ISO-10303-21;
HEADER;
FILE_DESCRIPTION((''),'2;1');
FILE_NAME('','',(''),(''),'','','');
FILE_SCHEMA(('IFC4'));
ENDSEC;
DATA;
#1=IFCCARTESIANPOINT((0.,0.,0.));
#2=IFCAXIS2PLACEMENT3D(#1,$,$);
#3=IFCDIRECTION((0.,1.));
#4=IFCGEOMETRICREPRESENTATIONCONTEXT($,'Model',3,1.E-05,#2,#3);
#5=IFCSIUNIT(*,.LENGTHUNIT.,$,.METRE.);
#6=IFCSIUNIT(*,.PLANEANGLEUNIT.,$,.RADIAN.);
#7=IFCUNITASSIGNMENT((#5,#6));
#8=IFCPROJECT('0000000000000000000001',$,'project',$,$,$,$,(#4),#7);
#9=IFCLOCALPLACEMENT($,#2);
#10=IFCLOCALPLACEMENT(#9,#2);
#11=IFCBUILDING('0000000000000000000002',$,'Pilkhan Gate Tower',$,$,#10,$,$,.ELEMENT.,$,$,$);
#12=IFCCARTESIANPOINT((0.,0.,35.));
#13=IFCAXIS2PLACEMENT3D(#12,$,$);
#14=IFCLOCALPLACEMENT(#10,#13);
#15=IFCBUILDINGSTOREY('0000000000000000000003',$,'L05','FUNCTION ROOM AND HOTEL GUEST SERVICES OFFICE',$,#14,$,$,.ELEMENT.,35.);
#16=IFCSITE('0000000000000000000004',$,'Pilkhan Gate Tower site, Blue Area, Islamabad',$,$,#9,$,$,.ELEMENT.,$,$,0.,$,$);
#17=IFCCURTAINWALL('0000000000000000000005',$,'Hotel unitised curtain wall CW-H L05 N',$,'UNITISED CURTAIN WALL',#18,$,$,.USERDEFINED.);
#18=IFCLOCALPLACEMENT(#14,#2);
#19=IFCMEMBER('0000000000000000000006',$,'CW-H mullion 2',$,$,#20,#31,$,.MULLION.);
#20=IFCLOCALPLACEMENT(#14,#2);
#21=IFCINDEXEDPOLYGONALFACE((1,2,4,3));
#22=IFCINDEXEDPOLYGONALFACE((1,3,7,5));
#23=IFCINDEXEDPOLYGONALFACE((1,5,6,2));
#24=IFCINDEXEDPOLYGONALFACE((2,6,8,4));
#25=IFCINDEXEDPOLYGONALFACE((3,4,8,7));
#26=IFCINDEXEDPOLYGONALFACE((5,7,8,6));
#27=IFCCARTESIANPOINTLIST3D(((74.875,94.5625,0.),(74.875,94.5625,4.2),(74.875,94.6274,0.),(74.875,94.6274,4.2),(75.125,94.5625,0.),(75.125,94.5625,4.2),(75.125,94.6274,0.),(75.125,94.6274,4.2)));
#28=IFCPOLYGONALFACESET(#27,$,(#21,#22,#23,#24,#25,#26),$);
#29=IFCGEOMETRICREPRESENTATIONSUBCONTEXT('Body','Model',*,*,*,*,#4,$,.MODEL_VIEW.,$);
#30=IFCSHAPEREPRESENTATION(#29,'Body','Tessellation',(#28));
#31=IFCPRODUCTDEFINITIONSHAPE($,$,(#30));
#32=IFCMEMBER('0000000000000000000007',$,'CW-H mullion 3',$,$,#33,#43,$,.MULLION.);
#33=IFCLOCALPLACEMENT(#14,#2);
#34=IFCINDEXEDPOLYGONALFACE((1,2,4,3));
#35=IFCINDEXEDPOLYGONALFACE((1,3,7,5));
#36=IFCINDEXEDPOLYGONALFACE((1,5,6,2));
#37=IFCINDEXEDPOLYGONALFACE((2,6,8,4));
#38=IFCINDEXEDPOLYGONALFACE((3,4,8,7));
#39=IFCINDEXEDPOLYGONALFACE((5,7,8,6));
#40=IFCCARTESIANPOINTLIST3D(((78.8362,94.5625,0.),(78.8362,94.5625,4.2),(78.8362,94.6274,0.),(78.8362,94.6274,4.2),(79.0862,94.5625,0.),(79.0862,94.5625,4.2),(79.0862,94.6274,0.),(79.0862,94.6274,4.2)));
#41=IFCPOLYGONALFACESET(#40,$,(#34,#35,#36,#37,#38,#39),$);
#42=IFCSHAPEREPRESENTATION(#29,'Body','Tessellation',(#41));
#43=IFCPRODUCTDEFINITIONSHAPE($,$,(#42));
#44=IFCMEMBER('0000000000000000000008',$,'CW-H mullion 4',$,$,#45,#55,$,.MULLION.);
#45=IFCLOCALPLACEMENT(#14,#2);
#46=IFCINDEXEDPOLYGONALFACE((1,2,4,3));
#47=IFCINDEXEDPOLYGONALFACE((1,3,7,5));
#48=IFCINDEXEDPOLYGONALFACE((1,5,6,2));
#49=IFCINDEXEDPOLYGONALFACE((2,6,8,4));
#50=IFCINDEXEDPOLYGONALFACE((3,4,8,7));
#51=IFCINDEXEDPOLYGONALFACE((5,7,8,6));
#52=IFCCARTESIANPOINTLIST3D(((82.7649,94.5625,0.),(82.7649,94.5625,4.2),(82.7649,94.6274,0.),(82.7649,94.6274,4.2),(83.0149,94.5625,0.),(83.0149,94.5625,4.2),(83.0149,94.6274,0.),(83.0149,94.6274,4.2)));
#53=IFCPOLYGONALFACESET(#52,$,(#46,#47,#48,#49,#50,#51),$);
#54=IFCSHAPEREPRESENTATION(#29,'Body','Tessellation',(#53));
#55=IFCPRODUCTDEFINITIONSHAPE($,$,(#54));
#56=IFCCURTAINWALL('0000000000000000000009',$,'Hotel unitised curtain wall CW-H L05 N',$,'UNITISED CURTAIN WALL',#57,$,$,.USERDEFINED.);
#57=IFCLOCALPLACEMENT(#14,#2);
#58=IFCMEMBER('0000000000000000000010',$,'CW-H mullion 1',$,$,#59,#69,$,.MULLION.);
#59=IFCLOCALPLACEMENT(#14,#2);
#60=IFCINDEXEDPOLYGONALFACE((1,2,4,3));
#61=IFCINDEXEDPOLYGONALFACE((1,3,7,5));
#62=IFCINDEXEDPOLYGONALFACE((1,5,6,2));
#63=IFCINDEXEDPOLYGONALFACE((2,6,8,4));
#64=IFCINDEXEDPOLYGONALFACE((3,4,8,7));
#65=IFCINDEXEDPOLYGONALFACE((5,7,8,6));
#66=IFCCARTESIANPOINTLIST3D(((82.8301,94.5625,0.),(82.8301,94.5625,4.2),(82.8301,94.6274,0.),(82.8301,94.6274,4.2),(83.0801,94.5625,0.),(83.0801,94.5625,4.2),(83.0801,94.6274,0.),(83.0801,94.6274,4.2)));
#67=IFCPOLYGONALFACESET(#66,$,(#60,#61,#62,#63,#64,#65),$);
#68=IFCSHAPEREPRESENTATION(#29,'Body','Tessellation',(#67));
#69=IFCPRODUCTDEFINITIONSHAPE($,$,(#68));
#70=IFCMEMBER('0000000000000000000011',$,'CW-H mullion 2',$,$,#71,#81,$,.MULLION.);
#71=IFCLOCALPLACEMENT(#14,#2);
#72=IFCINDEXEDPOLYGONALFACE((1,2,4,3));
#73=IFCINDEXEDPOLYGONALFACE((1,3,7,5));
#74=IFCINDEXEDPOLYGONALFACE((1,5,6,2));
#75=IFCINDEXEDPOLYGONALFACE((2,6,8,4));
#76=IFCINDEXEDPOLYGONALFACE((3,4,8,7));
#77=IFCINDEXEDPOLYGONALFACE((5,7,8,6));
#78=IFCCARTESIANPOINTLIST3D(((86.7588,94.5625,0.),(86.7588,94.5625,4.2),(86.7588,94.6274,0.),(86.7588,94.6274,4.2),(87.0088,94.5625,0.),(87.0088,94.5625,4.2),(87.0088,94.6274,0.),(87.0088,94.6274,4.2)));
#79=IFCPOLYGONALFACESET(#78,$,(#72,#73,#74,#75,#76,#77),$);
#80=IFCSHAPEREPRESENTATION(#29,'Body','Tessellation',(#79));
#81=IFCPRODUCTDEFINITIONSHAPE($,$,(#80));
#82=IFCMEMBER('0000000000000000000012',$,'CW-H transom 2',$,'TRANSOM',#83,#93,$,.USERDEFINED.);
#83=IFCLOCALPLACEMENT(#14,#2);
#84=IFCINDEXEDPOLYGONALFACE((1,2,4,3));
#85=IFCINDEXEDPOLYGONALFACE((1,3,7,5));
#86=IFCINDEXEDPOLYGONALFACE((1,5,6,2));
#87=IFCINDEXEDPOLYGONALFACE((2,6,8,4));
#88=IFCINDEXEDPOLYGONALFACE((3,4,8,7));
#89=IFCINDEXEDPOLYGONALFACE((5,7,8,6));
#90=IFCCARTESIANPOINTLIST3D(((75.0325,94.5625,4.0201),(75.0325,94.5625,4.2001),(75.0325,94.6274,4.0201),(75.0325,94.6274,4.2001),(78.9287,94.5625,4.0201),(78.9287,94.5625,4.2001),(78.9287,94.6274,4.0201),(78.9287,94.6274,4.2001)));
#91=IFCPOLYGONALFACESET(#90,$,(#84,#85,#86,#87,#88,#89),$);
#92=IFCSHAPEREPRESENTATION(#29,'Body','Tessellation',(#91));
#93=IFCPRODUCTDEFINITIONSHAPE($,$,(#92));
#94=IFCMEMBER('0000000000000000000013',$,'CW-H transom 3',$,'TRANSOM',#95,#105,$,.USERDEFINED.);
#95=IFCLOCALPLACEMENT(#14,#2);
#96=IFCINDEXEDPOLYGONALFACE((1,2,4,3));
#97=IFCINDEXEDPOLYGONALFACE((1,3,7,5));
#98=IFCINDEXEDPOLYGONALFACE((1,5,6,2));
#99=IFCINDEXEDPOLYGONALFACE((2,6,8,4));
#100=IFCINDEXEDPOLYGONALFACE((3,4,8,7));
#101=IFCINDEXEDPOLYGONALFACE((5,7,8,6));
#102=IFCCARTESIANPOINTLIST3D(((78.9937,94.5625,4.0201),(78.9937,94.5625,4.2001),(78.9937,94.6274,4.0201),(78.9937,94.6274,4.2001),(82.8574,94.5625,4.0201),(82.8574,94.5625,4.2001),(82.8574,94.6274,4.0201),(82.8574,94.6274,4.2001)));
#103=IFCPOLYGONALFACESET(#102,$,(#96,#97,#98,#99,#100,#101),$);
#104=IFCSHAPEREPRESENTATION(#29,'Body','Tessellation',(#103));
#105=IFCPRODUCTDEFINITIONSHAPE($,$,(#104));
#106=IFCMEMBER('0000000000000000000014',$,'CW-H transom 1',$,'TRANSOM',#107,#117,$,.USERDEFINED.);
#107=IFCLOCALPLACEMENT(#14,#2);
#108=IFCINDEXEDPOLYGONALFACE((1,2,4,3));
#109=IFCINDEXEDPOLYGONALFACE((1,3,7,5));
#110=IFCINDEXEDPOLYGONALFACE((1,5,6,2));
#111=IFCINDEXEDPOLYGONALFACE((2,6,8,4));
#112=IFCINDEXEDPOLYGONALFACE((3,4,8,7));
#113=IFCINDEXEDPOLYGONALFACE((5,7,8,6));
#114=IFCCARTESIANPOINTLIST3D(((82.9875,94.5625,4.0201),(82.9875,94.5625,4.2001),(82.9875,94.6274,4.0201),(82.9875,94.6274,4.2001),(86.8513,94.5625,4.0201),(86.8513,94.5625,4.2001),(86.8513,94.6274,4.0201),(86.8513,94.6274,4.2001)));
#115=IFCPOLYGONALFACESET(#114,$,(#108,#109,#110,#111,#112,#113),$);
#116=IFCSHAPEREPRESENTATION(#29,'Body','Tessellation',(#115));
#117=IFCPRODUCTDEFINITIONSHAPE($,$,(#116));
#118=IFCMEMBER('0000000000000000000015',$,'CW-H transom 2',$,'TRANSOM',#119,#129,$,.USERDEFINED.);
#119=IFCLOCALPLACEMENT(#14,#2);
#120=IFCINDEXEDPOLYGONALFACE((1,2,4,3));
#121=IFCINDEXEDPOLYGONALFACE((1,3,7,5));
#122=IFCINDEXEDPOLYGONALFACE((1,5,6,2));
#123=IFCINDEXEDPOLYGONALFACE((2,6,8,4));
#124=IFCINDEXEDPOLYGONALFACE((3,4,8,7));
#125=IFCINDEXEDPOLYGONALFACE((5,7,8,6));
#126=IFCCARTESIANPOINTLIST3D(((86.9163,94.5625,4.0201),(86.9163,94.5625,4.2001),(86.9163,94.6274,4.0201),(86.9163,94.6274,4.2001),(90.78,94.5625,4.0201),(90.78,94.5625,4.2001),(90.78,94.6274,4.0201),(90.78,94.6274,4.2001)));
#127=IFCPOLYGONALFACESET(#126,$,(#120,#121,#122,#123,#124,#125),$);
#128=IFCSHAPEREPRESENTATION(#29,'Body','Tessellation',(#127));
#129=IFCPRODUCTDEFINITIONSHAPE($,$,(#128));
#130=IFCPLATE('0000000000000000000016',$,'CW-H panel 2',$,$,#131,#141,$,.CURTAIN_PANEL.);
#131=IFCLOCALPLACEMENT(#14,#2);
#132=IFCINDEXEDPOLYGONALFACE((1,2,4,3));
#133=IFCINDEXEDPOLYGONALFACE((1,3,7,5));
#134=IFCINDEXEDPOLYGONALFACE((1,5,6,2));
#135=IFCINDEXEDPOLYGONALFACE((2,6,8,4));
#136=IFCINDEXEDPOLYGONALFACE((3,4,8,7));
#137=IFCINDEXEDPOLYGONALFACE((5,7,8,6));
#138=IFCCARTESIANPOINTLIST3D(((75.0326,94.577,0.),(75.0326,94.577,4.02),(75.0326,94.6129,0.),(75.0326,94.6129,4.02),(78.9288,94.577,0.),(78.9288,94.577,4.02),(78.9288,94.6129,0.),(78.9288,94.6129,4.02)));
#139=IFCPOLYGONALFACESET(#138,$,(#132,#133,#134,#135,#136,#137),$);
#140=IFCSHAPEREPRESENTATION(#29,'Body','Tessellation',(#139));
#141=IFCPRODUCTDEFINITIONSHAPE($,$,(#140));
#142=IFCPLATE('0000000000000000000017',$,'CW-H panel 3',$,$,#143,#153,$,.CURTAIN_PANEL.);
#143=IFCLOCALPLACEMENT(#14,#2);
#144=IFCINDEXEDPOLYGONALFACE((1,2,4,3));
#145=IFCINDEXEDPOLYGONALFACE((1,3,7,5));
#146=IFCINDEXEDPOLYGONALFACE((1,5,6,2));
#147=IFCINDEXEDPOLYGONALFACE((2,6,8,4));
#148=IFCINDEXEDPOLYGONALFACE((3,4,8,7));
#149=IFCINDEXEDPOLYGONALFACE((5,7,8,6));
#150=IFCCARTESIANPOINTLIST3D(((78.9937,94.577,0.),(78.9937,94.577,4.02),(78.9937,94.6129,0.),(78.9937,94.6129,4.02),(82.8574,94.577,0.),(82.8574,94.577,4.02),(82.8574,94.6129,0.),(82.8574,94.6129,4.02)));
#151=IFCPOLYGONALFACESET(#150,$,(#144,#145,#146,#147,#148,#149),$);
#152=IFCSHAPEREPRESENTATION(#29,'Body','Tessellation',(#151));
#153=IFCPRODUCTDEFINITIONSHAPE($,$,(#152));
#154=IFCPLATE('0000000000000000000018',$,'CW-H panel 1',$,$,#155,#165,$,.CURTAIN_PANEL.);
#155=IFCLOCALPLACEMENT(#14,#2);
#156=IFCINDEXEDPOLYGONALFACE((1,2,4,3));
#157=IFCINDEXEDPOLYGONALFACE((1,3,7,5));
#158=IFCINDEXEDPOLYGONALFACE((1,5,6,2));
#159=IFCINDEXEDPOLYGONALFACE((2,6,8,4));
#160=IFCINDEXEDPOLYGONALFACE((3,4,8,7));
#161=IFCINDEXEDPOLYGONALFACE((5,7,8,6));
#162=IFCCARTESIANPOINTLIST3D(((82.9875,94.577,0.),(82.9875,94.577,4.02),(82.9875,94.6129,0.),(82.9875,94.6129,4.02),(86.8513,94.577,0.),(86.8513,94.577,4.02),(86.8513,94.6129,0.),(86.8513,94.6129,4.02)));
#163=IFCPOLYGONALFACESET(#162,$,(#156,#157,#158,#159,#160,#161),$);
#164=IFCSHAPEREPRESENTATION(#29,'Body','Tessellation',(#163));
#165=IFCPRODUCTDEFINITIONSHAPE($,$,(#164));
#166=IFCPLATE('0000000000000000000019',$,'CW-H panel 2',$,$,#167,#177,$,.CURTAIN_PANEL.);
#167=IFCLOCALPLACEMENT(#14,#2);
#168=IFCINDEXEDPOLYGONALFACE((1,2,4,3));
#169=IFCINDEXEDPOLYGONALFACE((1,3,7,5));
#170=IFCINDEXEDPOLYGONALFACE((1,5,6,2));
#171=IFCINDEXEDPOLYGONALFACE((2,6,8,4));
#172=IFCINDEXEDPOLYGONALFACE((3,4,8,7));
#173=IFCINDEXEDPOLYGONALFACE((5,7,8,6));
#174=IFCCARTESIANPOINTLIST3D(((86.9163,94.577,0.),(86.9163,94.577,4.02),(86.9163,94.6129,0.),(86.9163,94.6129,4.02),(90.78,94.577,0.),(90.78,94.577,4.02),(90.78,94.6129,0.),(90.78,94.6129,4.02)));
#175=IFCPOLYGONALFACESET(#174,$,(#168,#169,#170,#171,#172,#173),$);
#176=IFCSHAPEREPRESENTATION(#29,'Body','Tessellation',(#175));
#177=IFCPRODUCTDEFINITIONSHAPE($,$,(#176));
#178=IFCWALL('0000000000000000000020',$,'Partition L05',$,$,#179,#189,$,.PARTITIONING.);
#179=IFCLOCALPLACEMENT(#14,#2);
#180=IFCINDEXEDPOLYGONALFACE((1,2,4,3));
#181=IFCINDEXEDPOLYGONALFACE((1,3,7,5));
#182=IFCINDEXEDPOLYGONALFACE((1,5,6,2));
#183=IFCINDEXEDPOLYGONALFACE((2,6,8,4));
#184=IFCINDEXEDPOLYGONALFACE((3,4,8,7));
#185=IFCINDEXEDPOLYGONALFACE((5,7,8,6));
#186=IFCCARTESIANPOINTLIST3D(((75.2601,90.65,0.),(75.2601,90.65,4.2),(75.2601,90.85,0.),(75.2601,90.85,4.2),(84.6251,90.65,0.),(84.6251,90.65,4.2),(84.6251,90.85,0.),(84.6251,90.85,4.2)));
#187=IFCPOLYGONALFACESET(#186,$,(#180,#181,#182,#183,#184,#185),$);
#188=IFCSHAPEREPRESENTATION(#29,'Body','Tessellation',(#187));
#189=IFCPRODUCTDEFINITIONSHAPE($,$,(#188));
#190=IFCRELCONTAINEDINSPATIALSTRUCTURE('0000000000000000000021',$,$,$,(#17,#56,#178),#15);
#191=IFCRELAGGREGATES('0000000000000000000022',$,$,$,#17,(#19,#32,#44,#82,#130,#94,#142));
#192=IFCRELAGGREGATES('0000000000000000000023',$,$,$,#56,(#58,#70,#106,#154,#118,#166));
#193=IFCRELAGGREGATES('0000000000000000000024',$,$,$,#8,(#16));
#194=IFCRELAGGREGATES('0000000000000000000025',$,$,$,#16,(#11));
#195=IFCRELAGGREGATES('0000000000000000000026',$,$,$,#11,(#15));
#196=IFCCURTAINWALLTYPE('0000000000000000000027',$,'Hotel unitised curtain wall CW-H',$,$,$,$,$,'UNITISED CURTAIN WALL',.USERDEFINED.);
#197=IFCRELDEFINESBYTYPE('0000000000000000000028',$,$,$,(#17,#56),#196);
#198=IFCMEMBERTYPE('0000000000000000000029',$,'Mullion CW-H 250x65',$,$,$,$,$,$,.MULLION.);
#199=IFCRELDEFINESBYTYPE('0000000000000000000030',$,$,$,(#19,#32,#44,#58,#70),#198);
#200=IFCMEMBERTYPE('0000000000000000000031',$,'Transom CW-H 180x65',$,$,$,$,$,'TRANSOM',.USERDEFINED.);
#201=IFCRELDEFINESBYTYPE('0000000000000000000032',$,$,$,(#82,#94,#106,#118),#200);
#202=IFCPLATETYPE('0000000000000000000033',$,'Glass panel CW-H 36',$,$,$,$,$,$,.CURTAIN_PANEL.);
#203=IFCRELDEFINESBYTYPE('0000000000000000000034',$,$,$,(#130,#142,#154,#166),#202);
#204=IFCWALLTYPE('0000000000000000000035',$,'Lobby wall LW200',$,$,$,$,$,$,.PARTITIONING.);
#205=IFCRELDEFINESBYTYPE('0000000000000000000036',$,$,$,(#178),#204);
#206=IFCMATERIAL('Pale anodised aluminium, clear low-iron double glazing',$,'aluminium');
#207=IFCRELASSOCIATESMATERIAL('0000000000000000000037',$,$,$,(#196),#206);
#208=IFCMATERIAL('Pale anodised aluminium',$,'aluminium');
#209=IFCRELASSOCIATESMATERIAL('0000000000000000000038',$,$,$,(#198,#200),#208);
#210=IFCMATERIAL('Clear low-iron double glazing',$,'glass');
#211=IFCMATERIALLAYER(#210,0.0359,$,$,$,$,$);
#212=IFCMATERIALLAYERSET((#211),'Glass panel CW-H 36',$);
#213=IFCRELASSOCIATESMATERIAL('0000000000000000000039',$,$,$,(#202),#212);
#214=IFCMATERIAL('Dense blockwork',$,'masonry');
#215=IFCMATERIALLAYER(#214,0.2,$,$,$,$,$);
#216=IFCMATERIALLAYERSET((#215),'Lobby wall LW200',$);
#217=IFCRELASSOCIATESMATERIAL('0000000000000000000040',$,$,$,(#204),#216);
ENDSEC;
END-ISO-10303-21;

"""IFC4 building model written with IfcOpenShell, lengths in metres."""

from ifc_helpers import new_model, si_unit, direction, frame, frame_2d, origin, origin_2d, place, context, subcontext, project, spatial, rectangle, extrude, material, layer, layer_set, material_profile, profile_set, type_object, element, aggregate, save


model = new_model("IFC4")

# Units and contexts
model_context = context("Model", 3, precision=1e-05, world=origin(), true_north=direction((0.0, 1.0)))
body_context = subcontext(model_context, "Body", "Model", "MODEL_VIEW")
ifc_project = project(units=[si_unit("LENGTHUNIT", "METRE"), si_unit("PLANEANGLEUNIT", "RADIAN")], contexts=[model_context])

# Site, building, storey
site_placement = place(None, origin())
site = spatial("IfcSite", under=ifc_project, at=site_placement, Name="Pilkhan Gate Tower site, Blue Area, Islamabad", CompositionType="ELEMENT", RefElevation=0.0)
building_placement = place(site_placement, origin())
building = spatial("IfcBuilding", under=site, at=building_placement, Name="Pilkhan Gate Tower", CompositionType="ELEMENT")
storey_placement = place(building_placement, frame((0.0, 0.0, 35.0)))
storey = spatial("IfcBuildingStorey", under=building, at=storey_placement, Name="L05", Description="FUNCTION ROOM AND HOTEL GUEST SERVICES OFFICE", CompositionType="ELEMENT", Elevation=35.0)

# Curtain walls, members
ifc_material_1 = material(Name="Pale anodised aluminium, clear low-iron double glazing", Category="aluminium")
curtain_wall_type = type_object("IfcCurtainWallType", Name="Hotel unitised curtain wall CW-H", ElementType="UNITISED CURTAIN WALL", PredefinedType="USERDEFINED", material=ifc_material_1)
curtain_wall_1_placement = place(storey_placement, origin())
curtain_wall_1 = element("IfcCurtainWall", 1, at=curtain_wall_1_placement, inside=storey, type_object=curtain_wall_type, Name="Hotel unitised curtain wall CW-H L05 N", ObjectType="UNITISED CURTAIN WALL", PredefinedType="USERDEFINED")
ifc_material_2 = material(Name="Pale anodised aluminium", Category="aluminium")
ifc_material_profile_1 = material_profile(ifc_material_2, rectangle(XDim=0.0649, YDim=0.25, at=origin_2d()), Name="Mullion 250x65")
ifc_profile_set_1 = profile_set([ifc_material_profile_1], Name="Pale anodised aluminium")
member_type_1 = type_object("IfcMemberType", Name="Mullion CW-H 250x65", PredefinedType="MULLION", material=ifc_profile_set_1)
member_1_placement = place(storey_placement, frame((75.0, 94.595, 0.0), z_axis=(0.0, 0.0, 1.0), x_axis=(0.0, 1.0, 0.0)))
member_1 = element("IfcMember", 2, at=member_1_placement, type_object=member_type_1, Name="CW-H mullion 2", PredefinedType="MULLION", context=body_context, shape_type="SweptSolid", body=[
    extrude(rectangle(XDim=0.0649, YDim=0.25, at=origin_2d()), origin(), (0.0, 0.0, 1.0), 4.2),
])
member_2_placement = place(storey_placement, frame((78.9612, 94.595, 0.0), z_axis=(0.0, 0.0, 1.0), x_axis=(0.0, 1.0, 0.0)))
member_2 = element("IfcMember", 3, at=member_2_placement, type_object=member_type_1, Name="CW-H mullion 3", PredefinedType="MULLION", context=body_context, shape_type="SweptSolid", body=[
    extrude(rectangle(XDim=0.0649, YDim=0.25, at=origin_2d()), origin(), (0.0, 0.0, 1.0), 4.2),
])
member_3_placement = place(storey_placement, frame((82.8899, 94.595, 0.0), z_axis=(0.0, 0.0, 1.0), x_axis=(0.0, 1.0, 0.0)))
member_3 = element("IfcMember", 4, at=member_3_placement, type_object=member_type_1, Name="CW-H mullion 4", PredefinedType="MULLION", context=body_context, shape_type="SweptSolid", body=[
    extrude(rectangle(XDim=0.0649, YDim=0.25, at=origin_2d()), origin(), (0.0, 0.0, 1.0), 4.2),
])
curtain_wall_2_placement = place(storey_placement, origin())
curtain_wall_2 = element("IfcCurtainWall", 5, at=curtain_wall_2_placement, inside=storey, type_object=curtain_wall_type, Name="Hotel unitised curtain wall CW-H L05 N", ObjectType="UNITISED CURTAIN WALL", PredefinedType="USERDEFINED")
member_4_placement = place(storey_placement, frame((82.9551, 94.595, 0.0), z_axis=(0.0, 0.0, 1.0), x_axis=(0.0, 1.0, 0.0)))
member_4 = element("IfcMember", 6, at=member_4_placement, type_object=member_type_1, Name="CW-H mullion 1", PredefinedType="MULLION", context=body_context, shape_type="SweptSolid", body=[
    extrude(rectangle(XDim=0.0649, YDim=0.25, at=origin_2d()), origin(), (0.0, 0.0, 1.0), 4.2),
])
member_5_placement = place(storey_placement, frame((86.8838, 94.595, 0.0), z_axis=(0.0, 0.0, 1.0), x_axis=(0.0, 1.0, 0.0)))
member_5 = element("IfcMember", 7, at=member_5_placement, type_object=member_type_1, Name="CW-H mullion 2", PredefinedType="MULLION", context=body_context, shape_type="SweptSolid", body=[
    extrude(rectangle(XDim=0.0649, YDim=0.25, at=origin_2d()), origin(), (0.0, 0.0, 1.0), 4.2),
])

# Members
ifc_material_profile_2 = material_profile(ifc_material_2, rectangle(XDim=0.0649, YDim=0.1799, at=origin_2d()), Name="Transom 180x65")
ifc_profile_set_2 = profile_set([ifc_material_profile_2], Name="Pale anodised aluminium")
member_type_2 = type_object("IfcMemberType", Name="Transom CW-H 180x65", ElementType="TRANSOM", PredefinedType="USERDEFINED", material=ifc_profile_set_2)
member_6_placement = place(storey_placement, frame((75.0325, 94.595, 4.1101), z_axis=(1.0, 0.0, 0.0), x_axis=(0.0, 1.0, 0.0)))
member_6 = element("IfcMember", 8, at=member_6_placement, type_object=member_type_2, Name="CW-H transom 2", ObjectType="TRANSOM", PredefinedType="USERDEFINED", context=body_context, shape_type="SweptSolid", body=[
    extrude(rectangle(XDim=0.0649, YDim=0.1799, at=origin_2d()), origin(), (0.0, 0.0, 1.0), 3.8962),
])
member_7_placement = place(storey_placement, frame((78.9937, 94.595, 4.1101), z_axis=(1.0, 0.0, 0.0), x_axis=(0.0, 1.0, 0.0)))
member_7 = element("IfcMember", 9, at=member_7_placement, type_object=member_type_2, Name="CW-H transom 3", ObjectType="TRANSOM", PredefinedType="USERDEFINED", context=body_context, shape_type="SweptSolid", body=[
    extrude(rectangle(XDim=0.0649, YDim=0.1799, at=origin_2d()), origin(), (0.0, 0.0, 1.0), 3.8638),
])
member_8_placement = place(storey_placement, frame((82.9875, 94.595, 4.1101), z_axis=(1.0, 0.0, 0.0), x_axis=(0.0, 1.0, 0.0)))
member_8 = element("IfcMember", 10, at=member_8_placement, type_object=member_type_2, Name="CW-H transom 1", ObjectType="TRANSOM", PredefinedType="USERDEFINED", context=body_context, shape_type="SweptSolid", body=[
    extrude(rectangle(XDim=0.0649, YDim=0.1799, at=origin_2d()), origin(), (0.0, 0.0, 1.0), 3.8638),
])
member_9_placement = place(storey_placement, frame((86.9163, 94.595, 4.1101), z_axis=(1.0, 0.0, 0.0), x_axis=(0.0, 1.0, 0.0)))
member_9 = element("IfcMember", 11, at=member_9_placement, type_object=member_type_2, Name="CW-H transom 2", ObjectType="TRANSOM", PredefinedType="USERDEFINED", context=body_context, shape_type="SweptSolid", body=[
    extrude(rectangle(XDim=0.0649, YDim=0.1799, at=origin_2d()), origin(), (0.0, 0.0, 1.0), 3.8638),
])

# Plates
ifc_material_3 = material(Name="Clear low-iron double glazing", Category="glass")
ifc_layer_1 = layer(ifc_material_3, 0.0359)
ifc_layer_set_1 = layer_set([ifc_layer_1], Name="Glass panel CW-H 36")
plate_type = type_object("IfcPlateType", Name="Glass panel CW-H 36", PredefinedType="CURTAIN_PANEL", material=ifc_layer_set_1)
plate_1_placement = place(storey_placement, frame((76.9807, 94.595, 0.0), z_axis=(0.0, 0.0, 1.0), x_axis=(1.0, 0.0, 0.0)))
plate_1 = element("IfcPlate", 12, at=plate_1_placement, type_object=plate_type, Name="CW-H panel 2", PredefinedType="CURTAIN_PANEL", context=body_context, shape_type="SweptSolid", body=[
    extrude(rectangle(XDim=3.8962, YDim=0.0359, at=origin_2d()), origin(), (0.0, 0.0, 1.0), 4.02),
])
plate_2_placement = place(storey_placement, frame((80.9255, 94.595, 0.0), z_axis=(0.0, 0.0, 1.0), x_axis=(1.0, 0.0, 0.0)))
plate_2 = element("IfcPlate", 13, at=plate_2_placement, type_object=plate_type, Name="CW-H panel 3", PredefinedType="CURTAIN_PANEL", context=body_context, shape_type="SweptSolid", body=[
    extrude(rectangle(XDim=3.8638, YDim=0.0359, at=origin_2d()), origin(), (0.0, 0.0, 1.0), 4.02),
])
aggregate(curtain_wall_1, [member_1, member_2, member_3, member_6, plate_1, member_7, plate_2])
plate_3_placement = place(storey_placement, frame((84.9194, 94.595, 0.0), z_axis=(0.0, 0.0, 1.0), x_axis=(1.0, 0.0, 0.0)))
plate_3 = element("IfcPlate", 14, at=plate_3_placement, type_object=plate_type, Name="CW-H panel 1", PredefinedType="CURTAIN_PANEL", context=body_context, shape_type="SweptSolid", body=[
    extrude(rectangle(XDim=3.8638, YDim=0.0359, at=origin_2d()), origin(), (0.0, 0.0, 1.0), 4.02),
])
plate_4_placement = place(storey_placement, frame((88.8481, 94.595, 0.0), z_axis=(0.0, 0.0, 1.0), x_axis=(1.0, 0.0, 0.0)))
plate_4 = element("IfcPlate", 15, at=plate_4_placement, type_object=plate_type, Name="CW-H panel 2", PredefinedType="CURTAIN_PANEL", context=body_context, shape_type="SweptSolid", body=[
    extrude(rectangle(XDim=3.8638, YDim=0.0359, at=origin_2d()), origin(), (0.0, 0.0, 1.0), 4.02),
])
aggregate(curtain_wall_2, [member_4, member_5, member_8, plate_3, member_9, plate_4])

# Wall
ifc_material_4 = material(Name="Dense blockwork", Category="masonry")
ifc_layer_2 = layer(ifc_material_4, 0.2)
ifc_layer_set_2 = layer_set([ifc_layer_2], Name="Lobby wall LW200")
wall_type_1 = type_object("IfcWallType", Name="Lobby wall LW200", PredefinedType="PARTITIONING", material=ifc_layer_set_2)
wall_1_placement = place(storey_placement, frame((75.26, 90.75, 0.0), z_axis=(0.0, 0.0, 1.0), x_axis=(1.0, 0.0, 0.0)))
element("IfcWall", 16, at=wall_1_placement, inside=storey, type_object=wall_type_1, Name="Partition L05", PredefinedType="PARTITIONING", context=body_context, shape_type="SweptSolid", body=[
    extrude(rectangle(XDim=9.365, YDim=0.2, at=frame_2d((4.6826, 0.0))), origin(), (0.0, 0.0, 1.0), 4.2),
])

save(model, "model.ifc")
